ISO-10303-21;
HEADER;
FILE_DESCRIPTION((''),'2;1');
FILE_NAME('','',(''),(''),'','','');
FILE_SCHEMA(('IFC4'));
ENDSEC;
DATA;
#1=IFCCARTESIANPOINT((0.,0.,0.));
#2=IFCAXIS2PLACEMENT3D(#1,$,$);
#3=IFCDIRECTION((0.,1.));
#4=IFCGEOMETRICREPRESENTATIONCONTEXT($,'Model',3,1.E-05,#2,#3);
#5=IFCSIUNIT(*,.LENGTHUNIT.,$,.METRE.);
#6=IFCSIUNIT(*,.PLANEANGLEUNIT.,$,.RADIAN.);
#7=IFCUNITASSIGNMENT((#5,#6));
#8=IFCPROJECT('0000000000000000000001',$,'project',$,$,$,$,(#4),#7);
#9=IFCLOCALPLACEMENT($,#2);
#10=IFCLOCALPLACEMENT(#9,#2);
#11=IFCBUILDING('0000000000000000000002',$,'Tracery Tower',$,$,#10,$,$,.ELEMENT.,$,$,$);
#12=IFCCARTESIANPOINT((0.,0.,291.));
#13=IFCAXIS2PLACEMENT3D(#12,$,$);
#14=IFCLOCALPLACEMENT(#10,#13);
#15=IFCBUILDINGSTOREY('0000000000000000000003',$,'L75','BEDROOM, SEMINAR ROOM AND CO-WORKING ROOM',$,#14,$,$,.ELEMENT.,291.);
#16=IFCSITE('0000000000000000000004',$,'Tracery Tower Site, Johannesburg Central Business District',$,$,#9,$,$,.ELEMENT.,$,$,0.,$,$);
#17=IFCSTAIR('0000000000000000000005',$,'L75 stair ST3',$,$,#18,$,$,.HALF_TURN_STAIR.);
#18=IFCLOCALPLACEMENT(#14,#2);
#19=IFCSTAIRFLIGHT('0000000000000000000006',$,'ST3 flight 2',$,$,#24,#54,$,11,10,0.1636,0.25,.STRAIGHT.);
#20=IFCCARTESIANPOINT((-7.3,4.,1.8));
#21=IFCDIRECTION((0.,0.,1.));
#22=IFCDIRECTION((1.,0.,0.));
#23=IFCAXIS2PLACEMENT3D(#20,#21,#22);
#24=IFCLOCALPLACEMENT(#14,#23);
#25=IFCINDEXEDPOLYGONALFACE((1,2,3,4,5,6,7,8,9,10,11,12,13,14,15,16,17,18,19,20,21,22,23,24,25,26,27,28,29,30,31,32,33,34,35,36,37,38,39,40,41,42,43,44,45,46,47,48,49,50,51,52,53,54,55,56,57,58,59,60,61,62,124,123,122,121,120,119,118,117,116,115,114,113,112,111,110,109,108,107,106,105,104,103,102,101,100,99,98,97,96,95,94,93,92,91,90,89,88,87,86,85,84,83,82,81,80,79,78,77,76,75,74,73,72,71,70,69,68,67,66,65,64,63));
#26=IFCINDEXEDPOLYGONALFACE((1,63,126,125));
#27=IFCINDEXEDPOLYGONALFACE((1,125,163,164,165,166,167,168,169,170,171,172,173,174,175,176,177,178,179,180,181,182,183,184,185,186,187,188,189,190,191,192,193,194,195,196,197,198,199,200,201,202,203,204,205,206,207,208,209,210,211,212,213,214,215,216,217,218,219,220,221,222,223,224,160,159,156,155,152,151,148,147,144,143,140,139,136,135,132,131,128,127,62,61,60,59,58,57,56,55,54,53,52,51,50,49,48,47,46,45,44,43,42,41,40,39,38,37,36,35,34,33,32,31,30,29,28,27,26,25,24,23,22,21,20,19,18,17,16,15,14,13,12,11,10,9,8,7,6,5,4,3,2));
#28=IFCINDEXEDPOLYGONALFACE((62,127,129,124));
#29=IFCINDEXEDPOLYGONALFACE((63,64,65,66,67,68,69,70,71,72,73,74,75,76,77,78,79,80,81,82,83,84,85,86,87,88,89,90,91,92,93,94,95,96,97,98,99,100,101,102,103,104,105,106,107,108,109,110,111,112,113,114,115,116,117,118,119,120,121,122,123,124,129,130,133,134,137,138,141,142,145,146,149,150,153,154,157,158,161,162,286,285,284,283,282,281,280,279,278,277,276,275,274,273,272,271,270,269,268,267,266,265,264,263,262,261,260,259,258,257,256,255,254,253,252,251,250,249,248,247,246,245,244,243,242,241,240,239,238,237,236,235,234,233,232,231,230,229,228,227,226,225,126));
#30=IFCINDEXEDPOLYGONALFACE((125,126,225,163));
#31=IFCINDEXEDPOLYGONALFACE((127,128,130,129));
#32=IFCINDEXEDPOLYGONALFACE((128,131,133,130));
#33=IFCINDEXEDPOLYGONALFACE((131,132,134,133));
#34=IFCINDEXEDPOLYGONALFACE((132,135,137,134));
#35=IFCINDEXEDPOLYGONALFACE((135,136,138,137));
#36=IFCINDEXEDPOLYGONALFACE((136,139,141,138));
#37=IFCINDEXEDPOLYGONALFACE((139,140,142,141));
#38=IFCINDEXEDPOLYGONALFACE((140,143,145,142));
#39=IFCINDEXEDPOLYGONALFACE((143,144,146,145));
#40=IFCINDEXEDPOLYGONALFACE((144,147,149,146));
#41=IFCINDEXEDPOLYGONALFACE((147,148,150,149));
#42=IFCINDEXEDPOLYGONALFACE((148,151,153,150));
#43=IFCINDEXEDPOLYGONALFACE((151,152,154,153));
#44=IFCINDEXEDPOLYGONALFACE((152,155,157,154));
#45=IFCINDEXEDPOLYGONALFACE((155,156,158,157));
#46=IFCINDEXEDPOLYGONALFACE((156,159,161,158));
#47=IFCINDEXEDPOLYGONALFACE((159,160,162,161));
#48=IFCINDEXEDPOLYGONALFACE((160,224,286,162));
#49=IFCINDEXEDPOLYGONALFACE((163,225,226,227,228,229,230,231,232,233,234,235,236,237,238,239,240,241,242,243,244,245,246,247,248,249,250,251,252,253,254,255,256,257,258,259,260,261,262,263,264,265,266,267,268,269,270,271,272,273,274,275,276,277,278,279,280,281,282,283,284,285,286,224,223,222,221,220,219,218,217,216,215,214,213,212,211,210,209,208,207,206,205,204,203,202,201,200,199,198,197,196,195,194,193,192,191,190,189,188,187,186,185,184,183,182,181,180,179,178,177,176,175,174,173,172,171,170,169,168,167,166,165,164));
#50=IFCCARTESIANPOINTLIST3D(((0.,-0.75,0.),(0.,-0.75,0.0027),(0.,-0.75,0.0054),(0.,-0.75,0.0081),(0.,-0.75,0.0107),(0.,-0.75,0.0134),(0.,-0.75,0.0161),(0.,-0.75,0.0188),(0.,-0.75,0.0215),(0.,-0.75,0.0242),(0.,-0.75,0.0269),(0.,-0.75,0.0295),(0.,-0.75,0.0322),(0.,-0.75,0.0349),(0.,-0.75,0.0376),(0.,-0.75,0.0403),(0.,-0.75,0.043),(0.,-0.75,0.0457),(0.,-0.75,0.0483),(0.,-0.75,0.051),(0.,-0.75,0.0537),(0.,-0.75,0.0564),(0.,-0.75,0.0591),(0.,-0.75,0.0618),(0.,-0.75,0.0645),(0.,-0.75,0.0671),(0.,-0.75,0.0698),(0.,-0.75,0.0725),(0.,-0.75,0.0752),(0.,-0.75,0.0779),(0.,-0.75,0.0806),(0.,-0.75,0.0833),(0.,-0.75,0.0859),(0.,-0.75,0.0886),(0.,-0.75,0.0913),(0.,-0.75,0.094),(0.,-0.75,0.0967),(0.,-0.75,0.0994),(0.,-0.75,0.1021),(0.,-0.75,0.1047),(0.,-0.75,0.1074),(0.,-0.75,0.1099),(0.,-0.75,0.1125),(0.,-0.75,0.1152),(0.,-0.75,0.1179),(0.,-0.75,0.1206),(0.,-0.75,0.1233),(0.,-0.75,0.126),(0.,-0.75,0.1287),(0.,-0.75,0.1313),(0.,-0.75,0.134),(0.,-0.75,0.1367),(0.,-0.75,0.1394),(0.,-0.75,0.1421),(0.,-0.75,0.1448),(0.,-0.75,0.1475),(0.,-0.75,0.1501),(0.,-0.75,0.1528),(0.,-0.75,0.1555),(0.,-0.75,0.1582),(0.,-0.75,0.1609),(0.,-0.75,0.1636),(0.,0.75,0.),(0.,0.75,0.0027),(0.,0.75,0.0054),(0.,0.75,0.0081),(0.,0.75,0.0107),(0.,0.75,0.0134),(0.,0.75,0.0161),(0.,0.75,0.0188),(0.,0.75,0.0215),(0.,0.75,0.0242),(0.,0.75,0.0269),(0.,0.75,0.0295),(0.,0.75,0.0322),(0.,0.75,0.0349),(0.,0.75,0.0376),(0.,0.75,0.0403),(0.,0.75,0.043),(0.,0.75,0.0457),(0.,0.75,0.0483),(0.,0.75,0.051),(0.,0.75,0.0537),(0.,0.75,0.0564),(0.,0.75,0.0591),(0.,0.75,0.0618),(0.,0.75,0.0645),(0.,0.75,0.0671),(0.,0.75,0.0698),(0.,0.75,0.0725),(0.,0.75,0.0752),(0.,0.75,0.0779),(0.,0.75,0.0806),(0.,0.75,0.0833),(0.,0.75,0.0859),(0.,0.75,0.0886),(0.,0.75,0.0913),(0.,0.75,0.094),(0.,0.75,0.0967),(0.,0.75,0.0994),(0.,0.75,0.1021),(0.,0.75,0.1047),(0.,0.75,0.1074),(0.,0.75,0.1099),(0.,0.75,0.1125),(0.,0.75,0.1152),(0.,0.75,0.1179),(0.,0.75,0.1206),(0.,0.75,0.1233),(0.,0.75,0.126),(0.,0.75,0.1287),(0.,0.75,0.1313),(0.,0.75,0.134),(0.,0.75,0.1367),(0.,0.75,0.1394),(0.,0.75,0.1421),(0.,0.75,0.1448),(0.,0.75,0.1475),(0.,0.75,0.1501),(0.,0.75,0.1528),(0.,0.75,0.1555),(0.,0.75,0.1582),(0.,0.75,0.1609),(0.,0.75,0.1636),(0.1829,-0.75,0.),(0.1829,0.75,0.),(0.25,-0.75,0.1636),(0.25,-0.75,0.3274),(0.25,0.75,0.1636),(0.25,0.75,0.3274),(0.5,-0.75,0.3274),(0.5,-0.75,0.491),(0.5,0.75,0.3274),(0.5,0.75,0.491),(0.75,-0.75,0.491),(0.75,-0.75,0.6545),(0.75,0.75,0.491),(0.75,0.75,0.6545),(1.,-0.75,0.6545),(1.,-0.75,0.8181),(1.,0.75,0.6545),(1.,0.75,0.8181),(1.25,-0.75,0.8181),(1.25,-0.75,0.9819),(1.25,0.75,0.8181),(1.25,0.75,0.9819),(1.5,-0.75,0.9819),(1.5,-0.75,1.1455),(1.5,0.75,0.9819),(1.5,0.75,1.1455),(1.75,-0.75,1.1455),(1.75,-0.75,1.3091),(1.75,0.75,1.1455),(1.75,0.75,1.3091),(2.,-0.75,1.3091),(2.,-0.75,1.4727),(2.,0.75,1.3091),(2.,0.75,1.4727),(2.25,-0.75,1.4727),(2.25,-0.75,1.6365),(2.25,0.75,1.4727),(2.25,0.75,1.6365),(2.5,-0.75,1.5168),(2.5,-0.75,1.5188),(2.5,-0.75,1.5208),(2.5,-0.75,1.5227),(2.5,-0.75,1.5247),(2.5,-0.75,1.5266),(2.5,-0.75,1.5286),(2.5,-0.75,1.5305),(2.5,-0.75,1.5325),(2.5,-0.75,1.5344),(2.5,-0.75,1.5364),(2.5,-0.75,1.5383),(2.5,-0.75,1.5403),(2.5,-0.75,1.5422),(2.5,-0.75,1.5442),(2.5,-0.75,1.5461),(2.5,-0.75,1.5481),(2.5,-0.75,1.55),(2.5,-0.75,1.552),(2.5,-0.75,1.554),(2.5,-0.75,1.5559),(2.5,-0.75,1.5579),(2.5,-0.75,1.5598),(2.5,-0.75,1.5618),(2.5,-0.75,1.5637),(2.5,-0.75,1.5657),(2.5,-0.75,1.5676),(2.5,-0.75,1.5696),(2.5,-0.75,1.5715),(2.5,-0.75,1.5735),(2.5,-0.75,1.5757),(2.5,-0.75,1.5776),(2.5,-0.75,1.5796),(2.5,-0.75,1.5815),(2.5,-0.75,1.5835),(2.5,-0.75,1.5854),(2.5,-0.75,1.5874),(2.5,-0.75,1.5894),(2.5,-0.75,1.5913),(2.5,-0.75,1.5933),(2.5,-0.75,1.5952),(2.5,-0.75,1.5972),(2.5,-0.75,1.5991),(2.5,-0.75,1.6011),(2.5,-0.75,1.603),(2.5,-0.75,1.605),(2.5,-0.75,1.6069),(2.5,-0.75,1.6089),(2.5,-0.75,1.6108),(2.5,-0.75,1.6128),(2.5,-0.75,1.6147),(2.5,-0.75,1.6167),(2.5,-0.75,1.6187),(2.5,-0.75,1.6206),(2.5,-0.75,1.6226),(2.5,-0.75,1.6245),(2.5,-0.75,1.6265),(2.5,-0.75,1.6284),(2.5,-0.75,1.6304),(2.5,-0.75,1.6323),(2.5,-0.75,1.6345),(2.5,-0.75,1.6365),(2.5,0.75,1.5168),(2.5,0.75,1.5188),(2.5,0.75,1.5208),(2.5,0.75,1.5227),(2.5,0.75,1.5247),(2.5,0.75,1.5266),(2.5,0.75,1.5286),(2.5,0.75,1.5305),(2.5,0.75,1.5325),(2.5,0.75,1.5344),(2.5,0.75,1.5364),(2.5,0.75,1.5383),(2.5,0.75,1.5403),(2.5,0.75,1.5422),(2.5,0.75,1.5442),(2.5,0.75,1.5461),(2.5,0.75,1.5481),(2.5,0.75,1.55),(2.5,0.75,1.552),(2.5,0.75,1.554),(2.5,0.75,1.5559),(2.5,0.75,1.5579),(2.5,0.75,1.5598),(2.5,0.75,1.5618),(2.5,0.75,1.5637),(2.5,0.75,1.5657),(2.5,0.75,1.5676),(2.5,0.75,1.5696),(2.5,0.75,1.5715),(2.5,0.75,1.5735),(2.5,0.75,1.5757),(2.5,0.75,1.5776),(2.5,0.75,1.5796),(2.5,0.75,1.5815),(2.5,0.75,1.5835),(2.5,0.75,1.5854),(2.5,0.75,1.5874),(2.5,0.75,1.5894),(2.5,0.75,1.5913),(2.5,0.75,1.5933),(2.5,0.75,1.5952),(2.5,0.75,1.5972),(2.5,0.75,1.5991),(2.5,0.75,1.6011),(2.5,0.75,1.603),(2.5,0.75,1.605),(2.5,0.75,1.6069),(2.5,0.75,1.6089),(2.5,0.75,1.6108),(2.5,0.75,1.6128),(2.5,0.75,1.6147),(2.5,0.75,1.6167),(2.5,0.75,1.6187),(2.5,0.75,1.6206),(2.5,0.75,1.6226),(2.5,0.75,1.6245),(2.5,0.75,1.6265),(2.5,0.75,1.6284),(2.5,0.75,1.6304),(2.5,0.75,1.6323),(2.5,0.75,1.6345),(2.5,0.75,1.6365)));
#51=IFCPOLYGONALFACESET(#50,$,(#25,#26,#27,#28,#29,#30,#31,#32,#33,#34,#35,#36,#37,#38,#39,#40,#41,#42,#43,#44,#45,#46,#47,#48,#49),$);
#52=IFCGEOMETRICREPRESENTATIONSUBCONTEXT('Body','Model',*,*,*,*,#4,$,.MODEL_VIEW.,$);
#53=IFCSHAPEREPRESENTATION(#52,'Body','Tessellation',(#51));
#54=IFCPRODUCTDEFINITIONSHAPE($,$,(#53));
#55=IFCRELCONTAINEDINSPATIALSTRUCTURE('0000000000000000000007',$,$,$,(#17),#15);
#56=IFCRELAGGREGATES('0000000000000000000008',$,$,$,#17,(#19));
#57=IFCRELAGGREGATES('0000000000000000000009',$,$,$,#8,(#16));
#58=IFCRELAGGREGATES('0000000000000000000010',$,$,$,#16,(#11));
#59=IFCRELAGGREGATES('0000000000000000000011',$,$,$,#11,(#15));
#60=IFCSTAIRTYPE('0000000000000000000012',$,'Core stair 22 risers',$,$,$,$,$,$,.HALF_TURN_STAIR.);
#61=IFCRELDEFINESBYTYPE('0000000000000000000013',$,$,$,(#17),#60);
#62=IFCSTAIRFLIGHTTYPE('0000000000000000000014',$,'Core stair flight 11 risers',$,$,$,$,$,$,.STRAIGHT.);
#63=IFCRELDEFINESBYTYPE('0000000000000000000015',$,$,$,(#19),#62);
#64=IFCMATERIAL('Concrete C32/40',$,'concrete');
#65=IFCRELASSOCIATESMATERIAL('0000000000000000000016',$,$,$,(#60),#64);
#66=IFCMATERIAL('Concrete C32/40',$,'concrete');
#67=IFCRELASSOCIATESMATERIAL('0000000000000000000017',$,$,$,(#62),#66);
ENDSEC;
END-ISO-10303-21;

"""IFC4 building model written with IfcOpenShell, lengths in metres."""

from ifc_helpers import new_model, si_unit, direction, frame, origin, place, context, subcontext, project, spatial, polyline, outline, extrude, material, type_object, element, aggregate, save


model = new_model("IFC4")

# Units and contexts
model_context = context("Model", 3, precision=1e-05, world=origin(), true_north=direction((0.0, 1.0)))
body_context = subcontext(model_context, "Body", "Model", "MODEL_VIEW")
ifc_project = project(units=[si_unit("LENGTHUNIT", "METRE"), si_unit("PLANEANGLEUNIT", "RADIAN")], contexts=[model_context])

# Site, building, storey
site_placement = place(None, origin())
site = spatial("IfcSite", under=ifc_project, at=site_placement, Name="Tracery Tower Site, Johannesburg Central Business District", CompositionType="ELEMENT", RefElevation=0.0)
building_placement = place(site_placement, origin())
building = spatial("IfcBuilding", under=site, at=building_placement, Name="Tracery Tower", CompositionType="ELEMENT")
storey_placement = place(building_placement, frame((0.0, 0.0, 291.0)))
storey = spatial("IfcBuildingStorey", under=building, at=storey_placement, Name="L75", Description="BEDROOM, SEMINAR ROOM AND CO-WORKING ROOM", CompositionType="ELEMENT", Elevation=291.0)

# Stair, stair flight
ifc_material_1 = material(Name="Concrete C32/40", Category="concrete")
stair_type = type_object("IfcStairType", Name="Core stair 22 risers", PredefinedType="HALF_TURN_STAIR", material=ifc_material_1)
stair_placement = place(storey_placement, origin())
stair = element("IfcStair", 1, at=stair_placement, inside=storey, type_object=stair_type, Name="L75 stair ST3", PredefinedType="HALF_TURN_STAIR")
ifc_material_2 = material(Name="Concrete C32/40", Category="concrete")
stair_flight_type = type_object("IfcStairFlightType", Name="Core stair flight 11 risers", PredefinedType="STRAIGHT", material=ifc_material_2)
stair_flight_1_placement = place(storey_placement, frame((-7.3, 4.0, 1.8), z_axis=(0.0, 0.0, 1.0), x_axis=(1.0, 0.0, 0.0)))
stair_flight_1 = element("IfcStairFlight", 2, at=stair_flight_1_placement, type_object=stair_flight_type, Name="ST3 flight 2", NumberOfRisers=11, NumberOfTreads=10, PredefinedType="STRAIGHT", RiserHeight=0.1636, TreadLength=0.25, context=body_context, shape_type="SweptSolid", body=[
    extrude(outline(polyline([(0.0, 0.0), (0.0, 0.0027), (0.0, 0.0054), (0.0, 0.0081), (0.0, 0.0107), (0.0, 0.0134), (0.0, 0.0161), (0.0, 0.0188), (0.0, 0.0215), (0.0, 0.0242), (0.0, 0.0269), (0.0, 0.0295), (0.0, 0.0322), (0.0, 0.0349), (0.0, 0.0376), (0.0, 0.0403), (0.0, 0.043), (0.0, 0.0457), (0.0, 0.0483), (0.0, 0.051), (0.0, 0.0537), (0.0, 0.0564), (0.0, 0.0591), (0.0, 0.0618), (0.0, 0.0645), (0.0, 0.0671), (0.0, 0.0698), (0.0, 0.0725), (0.0, 0.0752), (0.0, 0.0779), (0.0, 0.0806), (0.0, 0.0833), (0.0, 0.0859), (0.0, 0.0886), (0.0, 0.0913), (0.0, 0.094), (0.0, 0.0967), (0.0, 0.0994), (0.0, 0.1021), (0.0, 0.1047), (0.0, 0.1074), (0.0, 0.1099), (0.0, 0.1125), (0.0, 0.1152), (0.0, 0.1179), (0.0, 0.1206), (0.0, 0.1233), (0.0, 0.126), (0.0, 0.1287), (0.0, 0.1313), (0.0, 0.134), (0.0, 0.1367), (0.0, 0.1394), (0.0, 0.1421), (0.0, 0.1448), (0.0, 0.1475), (0.0, 0.1501), (0.0, 0.1528), (0.0, 0.1555), (0.0, 0.1582), (0.0, 0.1609), (0.0, 0.1636), (0.25, 0.1636), (0.25, 0.3274), (0.5, 0.3274), (0.5, 0.491), (0.75, 0.491), (0.75, 0.6545), (1.0, 0.6545), (1.0, 0.8181), (1.25, 0.8181), (1.25, 0.9819), (1.5, 0.9819), (1.5, 1.1455), (1.75, 1.1455), (1.75, 1.3091), (2.0, 1.3091), (2.0, 1.4727), (2.25, 1.4727), (2.25, 1.6365), (2.5, 1.6365), (2.5, 1.6345), (2.5, 1.6323), (2.5, 1.6304), (2.5, 1.6284), (2.5, 1.6265), (2.5, 1.6245), (2.5, 1.6226), (2.5, 1.6206), (2.5, 1.6187), (2.5, 1.6167), (2.5, 1.6147), (2.5, 1.6128), (2.5, 1.6108), (2.5, 1.6089), (2.5, 1.6069), (2.5, 1.605), (2.5, 1.603), (2.5, 1.6011), (2.5, 1.5991), (2.5, 1.5972), (2.5, 1.5952), (2.5, 1.5933), (2.5, 1.5913), (2.5, 1.5894), (2.5, 1.5874), (2.5, 1.5854), (2.5, 1.5835), (2.5, 1.5815), (2.5, 1.5796), (2.5, 1.5776), (2.5, 1.5757), (2.5, 1.5735), (2.5, 1.5715), (2.5, 1.5696), (2.5, 1.5676), (2.5, 1.5657), (2.5, 1.5637), (2.5, 1.5618), (2.5, 1.5598), (2.5, 1.5579), (2.5, 1.5559), (2.5, 1.554), (2.5, 1.552), (2.5, 1.55), (2.5, 1.5481), (2.5, 1.5461), (2.5, 1.5442), (2.5, 1.5422), (2.5, 1.5403), (2.5, 1.5383), (2.5, 1.5364), (2.5, 1.5344), (2.5, 1.5325), (2.5, 1.5305), (2.5, 1.5286), (2.5, 1.5266), (2.5, 1.5247), (2.5, 1.5227), (2.5, 1.5208), (2.5, 1.5188), (2.5, 1.5168), (0.1829, 0.0), (0.0, 0.0)])), frame((0.0, 0.75, 0.0), z_axis=(0.0, -1.0, 0.0), x_axis=(1.0, 0.0, 0.0)), (0.0, 0.0, 1.0), 1.5),
])
aggregate(stair, [stair_flight_1])

save(model, "model.ifc")
